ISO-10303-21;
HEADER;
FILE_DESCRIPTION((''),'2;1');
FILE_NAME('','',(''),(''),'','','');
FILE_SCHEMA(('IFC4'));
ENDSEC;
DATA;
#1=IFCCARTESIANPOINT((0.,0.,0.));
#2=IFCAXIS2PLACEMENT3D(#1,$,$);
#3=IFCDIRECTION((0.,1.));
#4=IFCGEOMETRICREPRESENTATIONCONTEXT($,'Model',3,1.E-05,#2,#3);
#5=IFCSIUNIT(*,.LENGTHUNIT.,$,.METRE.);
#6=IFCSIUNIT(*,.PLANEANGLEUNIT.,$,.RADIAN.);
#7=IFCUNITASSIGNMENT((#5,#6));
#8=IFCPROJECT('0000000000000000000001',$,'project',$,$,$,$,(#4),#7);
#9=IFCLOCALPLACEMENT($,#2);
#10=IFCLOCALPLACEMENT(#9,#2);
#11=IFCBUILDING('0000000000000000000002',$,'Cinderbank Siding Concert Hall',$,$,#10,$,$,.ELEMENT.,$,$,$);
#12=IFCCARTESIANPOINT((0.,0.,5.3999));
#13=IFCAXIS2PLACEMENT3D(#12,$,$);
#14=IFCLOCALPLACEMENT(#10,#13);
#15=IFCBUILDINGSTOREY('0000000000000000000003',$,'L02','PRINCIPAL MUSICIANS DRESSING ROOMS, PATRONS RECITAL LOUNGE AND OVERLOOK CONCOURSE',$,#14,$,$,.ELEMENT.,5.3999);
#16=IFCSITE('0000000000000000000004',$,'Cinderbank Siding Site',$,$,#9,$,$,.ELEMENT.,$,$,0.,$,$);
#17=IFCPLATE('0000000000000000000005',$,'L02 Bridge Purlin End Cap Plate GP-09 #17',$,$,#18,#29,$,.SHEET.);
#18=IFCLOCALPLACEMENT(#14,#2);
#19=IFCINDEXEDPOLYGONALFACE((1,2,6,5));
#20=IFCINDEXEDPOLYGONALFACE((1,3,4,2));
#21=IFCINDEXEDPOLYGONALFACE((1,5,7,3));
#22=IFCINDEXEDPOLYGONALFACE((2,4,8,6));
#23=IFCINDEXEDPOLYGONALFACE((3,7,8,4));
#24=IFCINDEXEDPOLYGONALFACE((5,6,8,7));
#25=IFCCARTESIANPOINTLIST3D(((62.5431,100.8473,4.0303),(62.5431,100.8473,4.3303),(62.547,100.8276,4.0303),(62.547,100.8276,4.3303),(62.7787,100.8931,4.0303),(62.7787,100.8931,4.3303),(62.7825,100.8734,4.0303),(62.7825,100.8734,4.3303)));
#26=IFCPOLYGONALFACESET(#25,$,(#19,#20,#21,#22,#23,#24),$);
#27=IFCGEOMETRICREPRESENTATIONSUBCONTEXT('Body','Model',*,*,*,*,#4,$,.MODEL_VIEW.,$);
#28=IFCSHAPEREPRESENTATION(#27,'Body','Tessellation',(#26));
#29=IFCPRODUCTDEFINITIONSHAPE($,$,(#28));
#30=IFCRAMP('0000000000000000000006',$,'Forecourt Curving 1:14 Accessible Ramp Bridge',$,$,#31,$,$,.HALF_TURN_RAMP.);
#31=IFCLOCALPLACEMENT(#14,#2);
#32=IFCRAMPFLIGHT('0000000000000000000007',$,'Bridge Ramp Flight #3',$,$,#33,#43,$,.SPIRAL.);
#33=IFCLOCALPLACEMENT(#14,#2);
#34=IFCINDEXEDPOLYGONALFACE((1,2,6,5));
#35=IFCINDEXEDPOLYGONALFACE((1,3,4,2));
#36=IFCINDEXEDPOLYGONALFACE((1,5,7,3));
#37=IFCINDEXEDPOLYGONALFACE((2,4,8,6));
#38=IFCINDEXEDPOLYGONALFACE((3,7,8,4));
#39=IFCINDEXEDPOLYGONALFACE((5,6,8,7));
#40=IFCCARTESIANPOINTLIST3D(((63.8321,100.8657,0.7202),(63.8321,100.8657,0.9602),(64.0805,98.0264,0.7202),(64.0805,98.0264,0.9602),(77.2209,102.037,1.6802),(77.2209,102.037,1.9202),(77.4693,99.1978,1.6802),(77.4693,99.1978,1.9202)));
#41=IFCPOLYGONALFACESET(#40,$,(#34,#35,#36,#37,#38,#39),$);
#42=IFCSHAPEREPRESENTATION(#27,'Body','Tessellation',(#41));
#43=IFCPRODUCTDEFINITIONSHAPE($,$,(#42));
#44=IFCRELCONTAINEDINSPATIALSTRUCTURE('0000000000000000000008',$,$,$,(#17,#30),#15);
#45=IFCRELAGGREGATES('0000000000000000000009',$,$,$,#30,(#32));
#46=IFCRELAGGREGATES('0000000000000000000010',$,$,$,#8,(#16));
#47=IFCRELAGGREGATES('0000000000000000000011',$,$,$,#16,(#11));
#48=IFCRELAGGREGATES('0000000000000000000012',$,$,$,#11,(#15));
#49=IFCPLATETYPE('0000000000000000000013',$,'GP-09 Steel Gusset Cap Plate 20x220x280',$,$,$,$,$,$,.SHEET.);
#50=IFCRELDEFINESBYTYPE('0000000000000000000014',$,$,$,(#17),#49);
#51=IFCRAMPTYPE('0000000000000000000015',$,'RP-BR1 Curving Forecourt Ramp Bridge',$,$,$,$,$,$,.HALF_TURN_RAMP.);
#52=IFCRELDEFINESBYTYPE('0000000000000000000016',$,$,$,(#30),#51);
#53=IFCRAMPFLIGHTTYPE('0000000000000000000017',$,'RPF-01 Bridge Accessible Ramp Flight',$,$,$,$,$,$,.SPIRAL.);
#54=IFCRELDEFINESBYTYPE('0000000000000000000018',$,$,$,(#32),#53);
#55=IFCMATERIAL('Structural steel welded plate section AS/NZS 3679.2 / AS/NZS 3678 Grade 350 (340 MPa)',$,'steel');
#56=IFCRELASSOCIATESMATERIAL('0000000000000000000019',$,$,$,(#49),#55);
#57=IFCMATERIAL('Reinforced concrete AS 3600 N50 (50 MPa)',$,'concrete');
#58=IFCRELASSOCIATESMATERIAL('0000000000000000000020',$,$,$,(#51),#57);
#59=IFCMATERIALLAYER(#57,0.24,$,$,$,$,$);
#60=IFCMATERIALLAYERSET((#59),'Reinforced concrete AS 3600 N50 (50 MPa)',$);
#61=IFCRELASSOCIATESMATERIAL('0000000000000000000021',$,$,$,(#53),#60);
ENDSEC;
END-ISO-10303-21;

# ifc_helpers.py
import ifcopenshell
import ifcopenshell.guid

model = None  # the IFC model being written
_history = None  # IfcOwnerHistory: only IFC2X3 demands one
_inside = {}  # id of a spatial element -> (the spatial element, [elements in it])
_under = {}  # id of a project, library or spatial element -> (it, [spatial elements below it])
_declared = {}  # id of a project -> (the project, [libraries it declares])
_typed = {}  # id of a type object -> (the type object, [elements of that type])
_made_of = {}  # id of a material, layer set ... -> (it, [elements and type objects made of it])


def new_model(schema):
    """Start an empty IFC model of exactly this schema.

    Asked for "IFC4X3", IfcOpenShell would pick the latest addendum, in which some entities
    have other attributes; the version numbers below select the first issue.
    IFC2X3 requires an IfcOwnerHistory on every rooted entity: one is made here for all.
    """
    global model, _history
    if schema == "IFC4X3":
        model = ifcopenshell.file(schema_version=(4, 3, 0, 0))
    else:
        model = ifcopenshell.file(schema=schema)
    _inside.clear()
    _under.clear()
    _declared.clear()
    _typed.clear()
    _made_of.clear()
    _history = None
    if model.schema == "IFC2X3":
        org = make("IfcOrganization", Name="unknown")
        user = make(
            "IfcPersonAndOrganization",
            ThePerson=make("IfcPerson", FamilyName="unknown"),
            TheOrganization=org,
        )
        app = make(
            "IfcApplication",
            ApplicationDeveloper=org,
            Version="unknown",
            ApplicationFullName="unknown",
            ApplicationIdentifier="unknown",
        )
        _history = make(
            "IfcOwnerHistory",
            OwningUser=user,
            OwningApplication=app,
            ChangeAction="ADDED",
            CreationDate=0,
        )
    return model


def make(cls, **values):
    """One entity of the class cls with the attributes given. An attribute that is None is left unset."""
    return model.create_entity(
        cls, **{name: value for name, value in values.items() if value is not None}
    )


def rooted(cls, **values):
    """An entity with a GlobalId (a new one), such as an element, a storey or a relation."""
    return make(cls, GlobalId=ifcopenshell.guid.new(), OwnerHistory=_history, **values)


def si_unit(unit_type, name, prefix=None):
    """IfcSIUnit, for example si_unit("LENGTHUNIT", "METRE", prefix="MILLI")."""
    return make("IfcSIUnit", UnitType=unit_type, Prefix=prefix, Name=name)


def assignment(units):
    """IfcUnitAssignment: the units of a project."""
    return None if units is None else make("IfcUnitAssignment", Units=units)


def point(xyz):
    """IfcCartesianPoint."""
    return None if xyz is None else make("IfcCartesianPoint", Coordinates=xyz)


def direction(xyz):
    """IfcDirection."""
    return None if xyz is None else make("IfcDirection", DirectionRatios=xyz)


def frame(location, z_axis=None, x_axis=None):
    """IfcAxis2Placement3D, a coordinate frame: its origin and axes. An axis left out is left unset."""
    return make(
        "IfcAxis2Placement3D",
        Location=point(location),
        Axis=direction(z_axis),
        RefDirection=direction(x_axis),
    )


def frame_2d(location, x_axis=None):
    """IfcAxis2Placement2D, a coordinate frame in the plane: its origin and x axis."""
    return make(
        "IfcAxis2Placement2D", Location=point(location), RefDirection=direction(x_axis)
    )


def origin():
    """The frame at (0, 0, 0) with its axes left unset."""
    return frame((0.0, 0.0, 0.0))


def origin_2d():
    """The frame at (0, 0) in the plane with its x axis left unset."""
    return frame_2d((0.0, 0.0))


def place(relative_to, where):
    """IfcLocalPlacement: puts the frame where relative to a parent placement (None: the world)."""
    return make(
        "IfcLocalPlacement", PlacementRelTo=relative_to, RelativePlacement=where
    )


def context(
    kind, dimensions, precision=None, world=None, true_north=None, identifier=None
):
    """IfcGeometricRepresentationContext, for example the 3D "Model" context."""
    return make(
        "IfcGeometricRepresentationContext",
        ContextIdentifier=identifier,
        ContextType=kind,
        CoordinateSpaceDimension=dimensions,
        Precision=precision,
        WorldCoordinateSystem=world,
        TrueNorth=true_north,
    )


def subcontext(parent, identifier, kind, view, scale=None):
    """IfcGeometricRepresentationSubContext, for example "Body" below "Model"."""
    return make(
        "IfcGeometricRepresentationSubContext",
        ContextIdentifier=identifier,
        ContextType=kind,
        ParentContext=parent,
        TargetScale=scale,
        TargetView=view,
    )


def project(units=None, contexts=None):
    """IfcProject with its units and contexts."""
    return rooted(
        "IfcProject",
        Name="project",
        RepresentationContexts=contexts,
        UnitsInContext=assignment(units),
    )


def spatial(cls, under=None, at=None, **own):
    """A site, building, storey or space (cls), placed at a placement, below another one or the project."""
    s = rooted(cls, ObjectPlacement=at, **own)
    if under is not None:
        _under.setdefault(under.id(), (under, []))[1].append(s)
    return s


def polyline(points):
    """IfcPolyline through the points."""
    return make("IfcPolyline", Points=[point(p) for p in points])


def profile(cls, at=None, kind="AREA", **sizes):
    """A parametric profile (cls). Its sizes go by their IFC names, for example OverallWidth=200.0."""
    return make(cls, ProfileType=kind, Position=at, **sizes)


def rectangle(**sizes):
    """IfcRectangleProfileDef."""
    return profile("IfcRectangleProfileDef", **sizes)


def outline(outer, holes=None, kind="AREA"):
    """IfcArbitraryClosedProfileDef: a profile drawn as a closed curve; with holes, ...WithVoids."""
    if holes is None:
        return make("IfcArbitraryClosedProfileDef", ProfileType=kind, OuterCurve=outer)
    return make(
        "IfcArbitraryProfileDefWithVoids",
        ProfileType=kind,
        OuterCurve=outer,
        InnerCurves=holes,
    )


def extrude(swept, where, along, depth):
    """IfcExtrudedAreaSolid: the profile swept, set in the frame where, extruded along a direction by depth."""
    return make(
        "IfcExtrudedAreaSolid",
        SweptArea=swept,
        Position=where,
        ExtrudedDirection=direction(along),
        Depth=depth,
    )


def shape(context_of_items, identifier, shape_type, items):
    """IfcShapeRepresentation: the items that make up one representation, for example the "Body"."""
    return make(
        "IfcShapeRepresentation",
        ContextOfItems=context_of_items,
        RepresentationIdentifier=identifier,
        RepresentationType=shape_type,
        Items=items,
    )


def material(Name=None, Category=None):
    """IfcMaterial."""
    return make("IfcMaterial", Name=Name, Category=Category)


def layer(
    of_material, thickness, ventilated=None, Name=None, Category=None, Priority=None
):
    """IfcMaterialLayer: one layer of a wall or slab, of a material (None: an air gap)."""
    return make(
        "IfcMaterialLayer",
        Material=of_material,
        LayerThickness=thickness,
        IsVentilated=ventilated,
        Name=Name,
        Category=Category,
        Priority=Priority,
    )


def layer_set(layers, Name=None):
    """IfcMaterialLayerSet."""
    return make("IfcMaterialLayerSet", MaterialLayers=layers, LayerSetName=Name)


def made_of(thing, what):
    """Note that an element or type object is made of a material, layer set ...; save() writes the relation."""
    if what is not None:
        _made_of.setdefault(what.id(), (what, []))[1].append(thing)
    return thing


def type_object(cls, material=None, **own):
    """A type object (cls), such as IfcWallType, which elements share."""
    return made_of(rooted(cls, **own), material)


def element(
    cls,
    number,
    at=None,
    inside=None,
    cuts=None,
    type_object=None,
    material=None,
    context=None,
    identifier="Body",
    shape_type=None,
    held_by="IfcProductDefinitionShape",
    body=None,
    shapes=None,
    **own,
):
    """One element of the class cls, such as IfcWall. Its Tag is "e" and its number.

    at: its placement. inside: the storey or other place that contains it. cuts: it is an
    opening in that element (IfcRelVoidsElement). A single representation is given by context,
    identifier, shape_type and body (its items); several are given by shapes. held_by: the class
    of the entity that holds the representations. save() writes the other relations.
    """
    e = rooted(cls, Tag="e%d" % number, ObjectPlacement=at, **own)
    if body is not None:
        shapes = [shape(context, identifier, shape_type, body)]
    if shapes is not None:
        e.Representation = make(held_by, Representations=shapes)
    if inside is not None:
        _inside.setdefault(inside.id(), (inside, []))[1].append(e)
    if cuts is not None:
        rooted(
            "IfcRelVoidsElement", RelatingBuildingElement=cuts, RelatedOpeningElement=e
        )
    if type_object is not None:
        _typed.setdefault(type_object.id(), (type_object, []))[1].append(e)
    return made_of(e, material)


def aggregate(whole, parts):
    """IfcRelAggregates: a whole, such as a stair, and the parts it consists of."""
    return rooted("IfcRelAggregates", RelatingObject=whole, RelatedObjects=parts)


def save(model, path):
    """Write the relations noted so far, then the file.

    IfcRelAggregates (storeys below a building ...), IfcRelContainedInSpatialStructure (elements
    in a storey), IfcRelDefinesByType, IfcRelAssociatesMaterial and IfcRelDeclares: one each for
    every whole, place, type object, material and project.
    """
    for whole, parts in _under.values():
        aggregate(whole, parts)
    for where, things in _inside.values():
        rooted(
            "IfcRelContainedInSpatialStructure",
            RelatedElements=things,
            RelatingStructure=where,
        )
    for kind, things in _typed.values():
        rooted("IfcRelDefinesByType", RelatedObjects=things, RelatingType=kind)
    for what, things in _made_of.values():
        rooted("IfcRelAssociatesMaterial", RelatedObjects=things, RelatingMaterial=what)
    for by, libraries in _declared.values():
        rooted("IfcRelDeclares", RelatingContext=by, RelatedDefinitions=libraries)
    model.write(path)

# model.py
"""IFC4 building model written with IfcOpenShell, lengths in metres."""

from ifc_helpers import new_model, si_unit, direction, frame, origin, origin_2d, place, context, subcontext, project, spatial, polyline, rectangle, outline, extrude, material, layer, layer_set, type_object, element, aggregate, save


model = new_model("IFC4")

# Units and contexts
model_context = context("Model", 3, precision=1e-05, world=origin(), true_north=direction((0.0, 1.0)))
body_context = subcontext(model_context, "Body", "Model", "MODEL_VIEW")
ifc_project = project(units=[si_unit("LENGTHUNIT", "METRE"), si_unit("PLANEANGLEUNIT", "RADIAN")], contexts=[model_context])

# Site, building, storey
site_placement = place(None, origin())
site = spatial("IfcSite", under=ifc_project, at=site_placement, Name="Cinderbank Siding Site", CompositionType="ELEMENT", RefElevation=0.0)
building_placement = place(site_placement, origin())
building = spatial("IfcBuilding", under=site, at=building_placement, Name="Cinderbank Siding Concert Hall", CompositionType="ELEMENT")
storey_placement = place(building_placement, frame((0.0, 0.0, 5.3999)))
storey = spatial("IfcBuildingStorey", under=building, at=storey_placement, Name="L02", Description="PRINCIPAL MUSICIANS DRESSING ROOMS, PATRONS RECITAL LOUNGE AND OVERLOOK CONCOURSE", CompositionType="ELEMENT", Elevation=5.3999)

# Plate
ifc_material_1 = material(Name="Structural steel welded plate section AS/NZS 3679.2 / AS/NZS 3678 Grade 350 (340 MPa)", Category="steel")
plate_type_1 = type_object("IfcPlateType", Name="GP-09 Steel Gusset Cap Plate 20x220x280", PredefinedType="SHEET", material=ifc_material_1)
for number, where, z_axis, x_axis, name in (
    (1, (62.6628, 100.8604, 4.0303), (0.0, 0.0, 1.0), (-0.190809, 0.981627, 0.0), "L02 Bridge Purlin End Cap Plate GP-09 #17"),
):
    element("IfcPlate", number, at=place(storey_placement, frame(where, z_axis=z_axis, x_axis=x_axis)), inside=storey, type_object=plate_type_1, Name=name, PredefinedType="SHEET", context=body_context, shape_type="SweptSolid", body=[
        extrude(rectangle(XDim=0.02, YDim=0.24, at=origin_2d()), origin(), (0.0, 0.0, 1.0), 0.3),
    ])

# Ramp, ramp flight
ifc_material_2 = material(Name="Reinforced concrete AS 3600 N50 (50 MPa)", Category="concrete")
ramp_type = type_object("IfcRampType", Name="RP-BR1 Curving Forecourt Ramp Bridge", PredefinedType="HALF_TURN_RAMP", material=ifc_material_2)
ramp_placement = place(storey_placement, origin())
ramp = element("IfcRamp", 2, at=ramp_placement, inside=storey, type_object=ramp_type, Name="Forecourt Curving 1:14 Accessible Ramp Bridge", PredefinedType="HALF_TURN_RAMP")
ifc_layer_1 = layer(ifc_material_2, 0.24)
ifc_layer_set_1 = layer_set([ifc_layer_1], Name="Reinforced concrete AS 3600 N50 (50 MPa)")
ramp_flight_type = type_object("IfcRampFlightType", Name="RPF-01 Bridge Accessible Ramp Flight", PredefinedType="SPIRAL", material=ifc_layer_set_1)
ramp_flight_placement = place(storey_placement, frame((63.9563, 99.446, 0.9602), z_axis=(0.0, 0.0, 1.0), x_axis=(0.996195, 0.087156, 0.0)))
ramp_flight = element("IfcRampFlight", 3, at=ramp_flight_placement, type_object=ramp_flight_type, Name="Bridge Ramp Flight #3", PredefinedType="SPIRAL", context=body_context, shape_type="SweptSolid", body=[
    extrude(outline(polyline([(0.0, 0.0), (13.4399, 0.96), (13.4399, 0.72), (0.0, -0.24), (0.0, 0.0)])), frame((0.0, 1.425, 0.0), z_axis=(0.0, -1.0, 0.0), x_axis=(1.0, 0.0, 0.0)), (0.0, 0.0, 1.0), 2.8501),
])
aggregate(ramp, [ramp_flight])

save(model, "model.ifc")
